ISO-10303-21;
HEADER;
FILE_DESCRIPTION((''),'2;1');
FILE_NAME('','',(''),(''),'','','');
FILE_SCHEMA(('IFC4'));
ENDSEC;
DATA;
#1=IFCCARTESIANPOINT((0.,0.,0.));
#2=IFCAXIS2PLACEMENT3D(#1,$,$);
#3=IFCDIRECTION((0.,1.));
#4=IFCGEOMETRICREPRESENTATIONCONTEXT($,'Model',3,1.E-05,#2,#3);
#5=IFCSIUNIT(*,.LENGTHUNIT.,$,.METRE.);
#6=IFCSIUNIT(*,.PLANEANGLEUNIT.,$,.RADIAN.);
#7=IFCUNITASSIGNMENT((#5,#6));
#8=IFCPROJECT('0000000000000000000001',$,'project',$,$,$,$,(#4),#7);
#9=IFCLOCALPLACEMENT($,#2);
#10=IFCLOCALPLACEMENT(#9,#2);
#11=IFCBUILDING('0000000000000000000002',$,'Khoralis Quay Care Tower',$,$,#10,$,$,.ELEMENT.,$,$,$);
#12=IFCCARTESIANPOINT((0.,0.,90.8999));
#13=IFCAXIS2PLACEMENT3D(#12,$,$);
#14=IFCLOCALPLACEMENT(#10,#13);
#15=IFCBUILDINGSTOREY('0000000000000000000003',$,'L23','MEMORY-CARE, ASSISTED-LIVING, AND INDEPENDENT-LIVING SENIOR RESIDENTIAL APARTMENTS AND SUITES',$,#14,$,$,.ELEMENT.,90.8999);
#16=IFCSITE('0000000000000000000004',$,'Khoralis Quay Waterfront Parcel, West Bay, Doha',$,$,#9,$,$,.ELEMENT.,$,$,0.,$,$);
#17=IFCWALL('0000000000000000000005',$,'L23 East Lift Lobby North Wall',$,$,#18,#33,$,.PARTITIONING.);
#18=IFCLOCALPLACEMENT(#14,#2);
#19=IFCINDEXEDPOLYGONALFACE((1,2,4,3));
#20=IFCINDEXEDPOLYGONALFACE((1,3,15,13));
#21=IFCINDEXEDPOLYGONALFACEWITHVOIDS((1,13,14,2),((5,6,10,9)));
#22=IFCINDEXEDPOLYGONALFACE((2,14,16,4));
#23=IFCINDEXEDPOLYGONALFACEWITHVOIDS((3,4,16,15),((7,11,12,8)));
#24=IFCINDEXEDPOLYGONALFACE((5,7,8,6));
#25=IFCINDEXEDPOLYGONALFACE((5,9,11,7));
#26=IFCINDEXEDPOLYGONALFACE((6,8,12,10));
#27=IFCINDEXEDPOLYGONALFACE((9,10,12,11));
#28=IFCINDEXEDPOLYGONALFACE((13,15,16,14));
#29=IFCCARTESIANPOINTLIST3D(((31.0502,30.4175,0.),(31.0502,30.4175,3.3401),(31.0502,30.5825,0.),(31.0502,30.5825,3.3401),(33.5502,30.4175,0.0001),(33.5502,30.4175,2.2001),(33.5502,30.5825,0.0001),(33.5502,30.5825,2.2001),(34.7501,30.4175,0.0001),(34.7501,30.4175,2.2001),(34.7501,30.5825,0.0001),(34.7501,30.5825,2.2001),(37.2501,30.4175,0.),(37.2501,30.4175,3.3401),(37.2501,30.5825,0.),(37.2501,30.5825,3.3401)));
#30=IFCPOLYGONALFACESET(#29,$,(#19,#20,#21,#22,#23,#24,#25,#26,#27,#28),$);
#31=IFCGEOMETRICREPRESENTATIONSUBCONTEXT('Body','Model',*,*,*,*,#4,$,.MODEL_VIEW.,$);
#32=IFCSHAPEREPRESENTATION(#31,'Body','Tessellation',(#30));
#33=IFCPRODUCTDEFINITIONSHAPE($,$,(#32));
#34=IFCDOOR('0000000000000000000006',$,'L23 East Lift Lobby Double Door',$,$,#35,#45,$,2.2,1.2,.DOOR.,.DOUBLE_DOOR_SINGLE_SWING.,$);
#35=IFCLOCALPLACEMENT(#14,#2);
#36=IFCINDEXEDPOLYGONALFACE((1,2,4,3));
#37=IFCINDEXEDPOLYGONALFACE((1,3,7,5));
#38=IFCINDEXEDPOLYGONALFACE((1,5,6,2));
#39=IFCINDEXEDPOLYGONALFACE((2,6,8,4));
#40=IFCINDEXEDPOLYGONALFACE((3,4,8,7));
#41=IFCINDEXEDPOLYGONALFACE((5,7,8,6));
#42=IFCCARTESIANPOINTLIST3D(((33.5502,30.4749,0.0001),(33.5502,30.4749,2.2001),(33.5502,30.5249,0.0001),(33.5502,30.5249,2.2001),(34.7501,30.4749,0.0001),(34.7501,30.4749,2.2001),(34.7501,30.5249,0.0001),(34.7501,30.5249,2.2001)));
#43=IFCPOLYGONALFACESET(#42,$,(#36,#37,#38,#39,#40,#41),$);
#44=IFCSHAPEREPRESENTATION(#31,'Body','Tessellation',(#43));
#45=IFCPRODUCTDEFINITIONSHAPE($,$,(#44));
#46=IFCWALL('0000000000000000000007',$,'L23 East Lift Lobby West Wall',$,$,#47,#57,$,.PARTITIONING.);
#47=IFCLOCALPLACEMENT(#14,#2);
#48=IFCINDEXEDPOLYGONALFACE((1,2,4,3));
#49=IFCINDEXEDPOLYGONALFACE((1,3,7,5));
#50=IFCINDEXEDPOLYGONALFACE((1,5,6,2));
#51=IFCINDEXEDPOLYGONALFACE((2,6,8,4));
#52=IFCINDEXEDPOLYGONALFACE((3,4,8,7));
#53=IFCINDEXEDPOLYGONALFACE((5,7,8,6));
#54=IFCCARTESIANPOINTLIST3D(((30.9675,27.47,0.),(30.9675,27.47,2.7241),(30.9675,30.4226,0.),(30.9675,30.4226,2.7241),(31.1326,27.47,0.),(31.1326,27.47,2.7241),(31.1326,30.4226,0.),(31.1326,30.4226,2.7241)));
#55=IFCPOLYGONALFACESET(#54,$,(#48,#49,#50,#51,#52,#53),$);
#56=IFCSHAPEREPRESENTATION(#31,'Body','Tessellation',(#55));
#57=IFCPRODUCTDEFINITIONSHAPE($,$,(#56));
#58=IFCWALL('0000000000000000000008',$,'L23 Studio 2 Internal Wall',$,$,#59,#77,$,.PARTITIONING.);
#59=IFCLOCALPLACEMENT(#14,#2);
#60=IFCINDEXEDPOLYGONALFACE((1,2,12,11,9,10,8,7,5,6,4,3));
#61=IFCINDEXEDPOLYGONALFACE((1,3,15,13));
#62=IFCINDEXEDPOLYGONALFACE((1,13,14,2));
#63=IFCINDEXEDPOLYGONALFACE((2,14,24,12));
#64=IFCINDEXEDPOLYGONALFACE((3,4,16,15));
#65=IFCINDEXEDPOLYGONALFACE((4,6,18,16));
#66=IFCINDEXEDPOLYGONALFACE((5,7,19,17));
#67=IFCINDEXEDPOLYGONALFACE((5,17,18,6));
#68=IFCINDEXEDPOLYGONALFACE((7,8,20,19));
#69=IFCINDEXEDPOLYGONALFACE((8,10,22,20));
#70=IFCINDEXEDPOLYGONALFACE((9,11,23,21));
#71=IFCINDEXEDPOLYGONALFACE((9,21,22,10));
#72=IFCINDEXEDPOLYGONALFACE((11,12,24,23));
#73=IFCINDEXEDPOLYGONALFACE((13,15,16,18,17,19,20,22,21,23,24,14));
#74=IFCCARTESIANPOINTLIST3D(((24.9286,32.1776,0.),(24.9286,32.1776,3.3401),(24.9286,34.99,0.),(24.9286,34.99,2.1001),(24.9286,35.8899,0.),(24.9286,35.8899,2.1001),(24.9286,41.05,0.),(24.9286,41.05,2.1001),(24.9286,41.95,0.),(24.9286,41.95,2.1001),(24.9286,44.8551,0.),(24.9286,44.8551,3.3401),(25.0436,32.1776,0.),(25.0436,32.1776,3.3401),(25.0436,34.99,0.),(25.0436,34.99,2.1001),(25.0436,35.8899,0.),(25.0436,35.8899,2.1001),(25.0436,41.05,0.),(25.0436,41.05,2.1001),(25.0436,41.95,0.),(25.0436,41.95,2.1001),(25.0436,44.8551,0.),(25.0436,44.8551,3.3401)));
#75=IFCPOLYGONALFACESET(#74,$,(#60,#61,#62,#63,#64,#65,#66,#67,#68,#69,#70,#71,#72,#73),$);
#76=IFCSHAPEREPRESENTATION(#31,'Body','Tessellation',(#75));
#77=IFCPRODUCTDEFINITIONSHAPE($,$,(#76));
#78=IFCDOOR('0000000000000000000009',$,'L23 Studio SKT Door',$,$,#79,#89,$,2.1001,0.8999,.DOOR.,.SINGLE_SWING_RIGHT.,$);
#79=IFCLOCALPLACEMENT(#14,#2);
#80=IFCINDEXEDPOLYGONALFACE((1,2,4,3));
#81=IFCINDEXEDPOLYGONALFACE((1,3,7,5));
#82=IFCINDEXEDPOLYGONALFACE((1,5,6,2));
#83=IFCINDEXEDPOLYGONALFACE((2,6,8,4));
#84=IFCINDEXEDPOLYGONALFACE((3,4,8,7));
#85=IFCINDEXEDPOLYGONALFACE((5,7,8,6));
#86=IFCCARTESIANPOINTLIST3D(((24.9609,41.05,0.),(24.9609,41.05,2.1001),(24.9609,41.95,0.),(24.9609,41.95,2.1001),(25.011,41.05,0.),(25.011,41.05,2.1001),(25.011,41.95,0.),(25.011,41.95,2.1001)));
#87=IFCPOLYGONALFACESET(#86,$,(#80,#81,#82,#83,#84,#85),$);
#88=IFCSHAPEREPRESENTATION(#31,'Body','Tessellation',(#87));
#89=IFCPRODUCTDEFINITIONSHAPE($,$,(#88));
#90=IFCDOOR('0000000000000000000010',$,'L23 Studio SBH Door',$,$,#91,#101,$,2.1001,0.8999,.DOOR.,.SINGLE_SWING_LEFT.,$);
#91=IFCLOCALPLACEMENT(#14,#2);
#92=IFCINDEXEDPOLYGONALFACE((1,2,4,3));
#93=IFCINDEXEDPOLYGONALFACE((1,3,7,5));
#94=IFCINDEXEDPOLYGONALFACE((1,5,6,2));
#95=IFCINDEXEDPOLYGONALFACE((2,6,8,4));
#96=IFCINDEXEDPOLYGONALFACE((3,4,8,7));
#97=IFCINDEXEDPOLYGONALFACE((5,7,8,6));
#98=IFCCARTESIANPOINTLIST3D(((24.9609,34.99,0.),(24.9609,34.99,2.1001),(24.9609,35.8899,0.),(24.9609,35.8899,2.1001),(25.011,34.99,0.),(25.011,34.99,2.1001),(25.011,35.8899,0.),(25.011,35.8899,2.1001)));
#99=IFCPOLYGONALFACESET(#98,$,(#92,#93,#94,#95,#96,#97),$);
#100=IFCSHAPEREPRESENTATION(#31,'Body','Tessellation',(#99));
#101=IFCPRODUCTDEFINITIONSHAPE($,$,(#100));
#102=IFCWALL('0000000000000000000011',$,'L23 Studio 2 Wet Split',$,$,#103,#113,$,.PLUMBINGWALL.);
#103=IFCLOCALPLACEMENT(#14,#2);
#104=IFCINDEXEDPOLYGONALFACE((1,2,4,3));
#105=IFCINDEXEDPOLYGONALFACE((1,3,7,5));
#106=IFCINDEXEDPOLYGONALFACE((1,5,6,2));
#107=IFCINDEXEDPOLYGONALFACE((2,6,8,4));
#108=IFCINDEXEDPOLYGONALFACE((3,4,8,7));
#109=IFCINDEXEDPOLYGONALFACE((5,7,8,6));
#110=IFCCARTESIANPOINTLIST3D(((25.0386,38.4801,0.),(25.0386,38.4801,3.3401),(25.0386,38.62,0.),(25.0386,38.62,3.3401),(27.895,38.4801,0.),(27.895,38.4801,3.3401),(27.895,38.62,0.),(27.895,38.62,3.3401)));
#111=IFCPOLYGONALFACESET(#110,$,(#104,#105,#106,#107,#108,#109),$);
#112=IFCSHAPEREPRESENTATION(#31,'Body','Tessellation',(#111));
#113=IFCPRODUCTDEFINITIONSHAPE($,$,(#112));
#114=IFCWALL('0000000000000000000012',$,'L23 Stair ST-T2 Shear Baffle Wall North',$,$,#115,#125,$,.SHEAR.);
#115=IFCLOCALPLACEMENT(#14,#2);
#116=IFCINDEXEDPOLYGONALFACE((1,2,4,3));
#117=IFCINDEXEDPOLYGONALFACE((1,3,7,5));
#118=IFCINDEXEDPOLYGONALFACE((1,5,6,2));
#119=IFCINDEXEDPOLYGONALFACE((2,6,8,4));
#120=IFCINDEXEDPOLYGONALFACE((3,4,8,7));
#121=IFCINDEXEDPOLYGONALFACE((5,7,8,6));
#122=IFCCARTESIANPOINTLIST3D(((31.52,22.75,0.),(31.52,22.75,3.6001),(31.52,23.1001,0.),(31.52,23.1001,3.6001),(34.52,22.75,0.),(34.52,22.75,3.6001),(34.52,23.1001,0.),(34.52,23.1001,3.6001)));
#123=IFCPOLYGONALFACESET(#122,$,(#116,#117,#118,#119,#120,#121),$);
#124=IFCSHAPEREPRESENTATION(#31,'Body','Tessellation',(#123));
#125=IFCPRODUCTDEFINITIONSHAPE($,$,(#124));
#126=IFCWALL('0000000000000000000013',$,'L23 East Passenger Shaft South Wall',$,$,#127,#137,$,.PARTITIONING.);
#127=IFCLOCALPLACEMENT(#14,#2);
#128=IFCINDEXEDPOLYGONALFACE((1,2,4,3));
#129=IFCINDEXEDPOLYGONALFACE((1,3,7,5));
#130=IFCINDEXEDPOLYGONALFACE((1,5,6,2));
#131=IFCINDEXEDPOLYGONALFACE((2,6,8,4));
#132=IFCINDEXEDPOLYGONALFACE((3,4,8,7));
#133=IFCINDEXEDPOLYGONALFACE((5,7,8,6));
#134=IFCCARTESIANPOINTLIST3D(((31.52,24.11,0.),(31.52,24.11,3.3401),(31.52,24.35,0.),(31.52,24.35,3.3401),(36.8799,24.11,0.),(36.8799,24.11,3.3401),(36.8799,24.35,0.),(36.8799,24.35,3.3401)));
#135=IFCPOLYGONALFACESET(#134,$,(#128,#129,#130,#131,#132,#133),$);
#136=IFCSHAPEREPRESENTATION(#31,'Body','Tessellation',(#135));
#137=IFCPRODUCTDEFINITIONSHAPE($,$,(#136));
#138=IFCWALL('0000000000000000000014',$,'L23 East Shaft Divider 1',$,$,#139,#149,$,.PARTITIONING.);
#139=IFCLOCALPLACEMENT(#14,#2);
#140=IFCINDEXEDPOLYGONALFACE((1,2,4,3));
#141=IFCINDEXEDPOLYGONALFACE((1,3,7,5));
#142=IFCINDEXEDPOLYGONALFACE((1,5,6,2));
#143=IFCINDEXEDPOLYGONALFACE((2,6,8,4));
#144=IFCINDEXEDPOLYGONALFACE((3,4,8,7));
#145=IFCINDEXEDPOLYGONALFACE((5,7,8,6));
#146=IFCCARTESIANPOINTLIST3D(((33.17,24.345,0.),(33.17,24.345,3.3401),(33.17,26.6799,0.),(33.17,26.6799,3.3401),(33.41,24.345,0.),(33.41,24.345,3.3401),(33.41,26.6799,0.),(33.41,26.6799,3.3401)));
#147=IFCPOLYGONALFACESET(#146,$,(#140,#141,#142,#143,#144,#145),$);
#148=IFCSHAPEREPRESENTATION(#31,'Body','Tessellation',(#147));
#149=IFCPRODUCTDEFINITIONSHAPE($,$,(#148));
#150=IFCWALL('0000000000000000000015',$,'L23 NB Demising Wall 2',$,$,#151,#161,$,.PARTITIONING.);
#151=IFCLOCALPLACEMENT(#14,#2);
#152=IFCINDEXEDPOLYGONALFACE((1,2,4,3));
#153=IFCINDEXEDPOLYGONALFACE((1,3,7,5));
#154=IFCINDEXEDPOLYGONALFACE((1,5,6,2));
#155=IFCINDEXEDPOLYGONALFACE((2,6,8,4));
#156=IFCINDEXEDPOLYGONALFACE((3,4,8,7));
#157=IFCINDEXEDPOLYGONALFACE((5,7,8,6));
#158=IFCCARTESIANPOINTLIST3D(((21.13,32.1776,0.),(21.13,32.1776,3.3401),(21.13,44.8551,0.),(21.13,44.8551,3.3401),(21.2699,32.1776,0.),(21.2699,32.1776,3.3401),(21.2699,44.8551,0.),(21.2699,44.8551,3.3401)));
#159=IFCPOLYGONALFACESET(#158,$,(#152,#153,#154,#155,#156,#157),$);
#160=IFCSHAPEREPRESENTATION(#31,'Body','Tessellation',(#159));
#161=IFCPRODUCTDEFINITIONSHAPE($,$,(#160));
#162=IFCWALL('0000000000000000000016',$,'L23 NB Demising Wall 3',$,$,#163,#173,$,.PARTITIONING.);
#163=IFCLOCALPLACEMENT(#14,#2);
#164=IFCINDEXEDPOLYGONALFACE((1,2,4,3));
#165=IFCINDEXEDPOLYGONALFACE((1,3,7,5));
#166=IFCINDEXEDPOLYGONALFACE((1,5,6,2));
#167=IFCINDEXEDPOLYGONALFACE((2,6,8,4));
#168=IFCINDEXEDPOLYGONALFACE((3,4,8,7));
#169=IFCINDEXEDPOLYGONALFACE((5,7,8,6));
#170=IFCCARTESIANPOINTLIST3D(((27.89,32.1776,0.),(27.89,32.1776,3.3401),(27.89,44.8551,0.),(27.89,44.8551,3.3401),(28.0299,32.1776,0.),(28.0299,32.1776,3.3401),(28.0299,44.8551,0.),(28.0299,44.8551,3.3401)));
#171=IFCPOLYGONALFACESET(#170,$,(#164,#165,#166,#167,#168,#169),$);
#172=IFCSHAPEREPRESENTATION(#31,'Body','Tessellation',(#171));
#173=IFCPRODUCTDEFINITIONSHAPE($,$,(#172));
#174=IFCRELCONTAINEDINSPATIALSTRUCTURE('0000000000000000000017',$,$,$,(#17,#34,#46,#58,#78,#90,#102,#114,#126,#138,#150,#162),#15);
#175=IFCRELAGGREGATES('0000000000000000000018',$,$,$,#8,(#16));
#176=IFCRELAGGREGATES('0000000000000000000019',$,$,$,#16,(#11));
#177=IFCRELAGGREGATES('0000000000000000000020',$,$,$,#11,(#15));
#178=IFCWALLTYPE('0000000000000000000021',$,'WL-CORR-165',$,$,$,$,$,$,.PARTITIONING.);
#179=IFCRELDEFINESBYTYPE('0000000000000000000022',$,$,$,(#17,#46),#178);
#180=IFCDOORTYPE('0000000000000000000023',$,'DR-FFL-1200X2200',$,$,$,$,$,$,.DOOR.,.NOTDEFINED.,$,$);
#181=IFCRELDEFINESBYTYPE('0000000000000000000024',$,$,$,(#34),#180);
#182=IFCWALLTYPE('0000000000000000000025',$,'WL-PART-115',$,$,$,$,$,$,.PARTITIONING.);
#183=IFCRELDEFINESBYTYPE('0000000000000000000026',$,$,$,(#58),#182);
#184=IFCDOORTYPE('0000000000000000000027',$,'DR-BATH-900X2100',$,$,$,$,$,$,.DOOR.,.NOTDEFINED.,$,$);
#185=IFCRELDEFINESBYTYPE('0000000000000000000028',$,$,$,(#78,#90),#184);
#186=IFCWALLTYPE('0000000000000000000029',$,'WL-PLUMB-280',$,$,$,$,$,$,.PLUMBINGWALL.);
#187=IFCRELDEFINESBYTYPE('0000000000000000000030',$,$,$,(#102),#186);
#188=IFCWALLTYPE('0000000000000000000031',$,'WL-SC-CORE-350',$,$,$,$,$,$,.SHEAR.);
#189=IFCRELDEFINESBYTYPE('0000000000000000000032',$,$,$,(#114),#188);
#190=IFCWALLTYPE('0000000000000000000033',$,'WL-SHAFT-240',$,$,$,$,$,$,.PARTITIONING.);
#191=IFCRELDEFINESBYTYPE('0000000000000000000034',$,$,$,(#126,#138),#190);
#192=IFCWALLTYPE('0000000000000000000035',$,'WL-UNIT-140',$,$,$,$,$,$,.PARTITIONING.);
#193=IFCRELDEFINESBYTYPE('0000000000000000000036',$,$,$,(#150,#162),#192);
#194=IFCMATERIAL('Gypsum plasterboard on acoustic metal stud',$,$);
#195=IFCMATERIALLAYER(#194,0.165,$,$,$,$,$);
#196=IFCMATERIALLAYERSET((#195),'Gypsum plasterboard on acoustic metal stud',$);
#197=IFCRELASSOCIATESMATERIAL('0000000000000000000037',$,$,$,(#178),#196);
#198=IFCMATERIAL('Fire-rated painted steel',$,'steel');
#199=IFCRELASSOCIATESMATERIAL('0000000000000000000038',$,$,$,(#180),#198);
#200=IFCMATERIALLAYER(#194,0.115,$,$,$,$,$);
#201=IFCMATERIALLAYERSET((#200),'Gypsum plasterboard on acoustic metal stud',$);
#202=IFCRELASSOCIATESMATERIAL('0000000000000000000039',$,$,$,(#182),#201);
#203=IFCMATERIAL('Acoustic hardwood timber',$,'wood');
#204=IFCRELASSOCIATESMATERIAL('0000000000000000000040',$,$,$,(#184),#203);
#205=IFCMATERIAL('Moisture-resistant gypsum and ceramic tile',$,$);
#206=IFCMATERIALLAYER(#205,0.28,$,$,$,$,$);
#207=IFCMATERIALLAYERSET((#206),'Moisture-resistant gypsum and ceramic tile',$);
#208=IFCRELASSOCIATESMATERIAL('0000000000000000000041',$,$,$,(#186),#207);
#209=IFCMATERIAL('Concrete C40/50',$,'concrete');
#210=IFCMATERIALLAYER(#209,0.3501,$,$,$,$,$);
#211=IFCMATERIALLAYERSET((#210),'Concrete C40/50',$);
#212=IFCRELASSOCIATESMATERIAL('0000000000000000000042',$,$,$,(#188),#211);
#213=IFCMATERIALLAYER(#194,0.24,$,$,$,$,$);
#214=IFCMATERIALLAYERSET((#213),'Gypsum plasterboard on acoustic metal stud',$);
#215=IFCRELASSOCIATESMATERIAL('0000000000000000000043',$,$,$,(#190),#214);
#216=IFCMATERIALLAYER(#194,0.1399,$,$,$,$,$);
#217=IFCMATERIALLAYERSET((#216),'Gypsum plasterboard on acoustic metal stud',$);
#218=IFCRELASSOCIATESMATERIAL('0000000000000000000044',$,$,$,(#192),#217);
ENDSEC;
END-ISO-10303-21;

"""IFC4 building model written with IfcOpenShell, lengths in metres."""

from ifc_helpers import new_model, si_unit, direction, frame, frame_2d, origin, place, context, subcontext, project, spatial, rectangle, extrude, source, transform, mapped, material, layer, layer_set, type_object, element, fill, save


model = new_model("IFC4")

# Units and contexts
model_context = context("Model", 3, precision=1e-05, world=origin(), true_north=direction((0.0, 1.0)))
body_context = subcontext(model_context, "Body", "Model", "MODEL_VIEW")
ifc_project = project(units=[si_unit("LENGTHUNIT", "METRE"), si_unit("PLANEANGLEUNIT", "RADIAN")], contexts=[model_context])

# Site, building, storey
site_placement = place(None, origin())
site = spatial("IfcSite", under=ifc_project, at=site_placement, Name="Khoralis Quay Waterfront Parcel, West Bay, Doha", CompositionType="ELEMENT", RefElevation=0.0)
building_placement = place(site_placement, origin())
building = spatial("IfcBuilding", under=site, at=building_placement, Name="Khoralis Quay Care Tower", CompositionType="ELEMENT")
storey_placement = place(building_placement, frame((0.0, 0.0, 90.8999)))
storey = spatial("IfcBuildingStorey", under=building, at=storey_placement, Name="L23", Description="MEMORY-CARE, ASSISTED-LIVING, AND INDEPENDENT-LIVING SENIOR RESIDENTIAL APARTMENTS AND SUITES", CompositionType="ELEMENT", Elevation=90.8999)

# Wall, opening, door
ifc_material_1 = material(Name="Gypsum plasterboard on acoustic metal stud")
ifc_layer_1 = layer(ifc_material_1, 0.165)
ifc_layer_set_1 = layer_set([ifc_layer_1], Name="Gypsum plasterboard on acoustic metal stud")
wall_type_1 = type_object("IfcWallType", Name="WL-CORR-165", PredefinedType="PARTITIONING", material=ifc_layer_set_1)
wall_1_placement = place(storey_placement, frame((31.05, 30.5, 0.0), z_axis=(0.0, 0.0, 1.0), x_axis=(1.0, 0.0, 0.0)))
wall_1 = element("IfcWall", 1, at=wall_1_placement, inside=storey, type_object=wall_type_1, Name="L23 East Lift Lobby North Wall", PredefinedType="PARTITIONING", context=body_context, shape_type="SweptSolid", body=[
    extrude(rectangle(XDim=6.2, YDim=0.165, at=frame_2d((3.1001, 0.0))), origin(), (0.0, 0.0, 1.0), 3.3401),
])
opening_1_placement = place(wall_1_placement, frame((2.5, 0.0, 0.0)))
opening_1 = element("IfcOpeningElement", 2, at=opening_1_placement, cuts=wall_1, PredefinedType="OPENING", context=body_context, shape_type="SweptSolid", body=[
    extrude(rectangle(XDim=1.2, YDim=2.2, at=frame_2d((0.6001, 1.1001))), frame((0.0, 0.0925, 0.0), z_axis=(0.0, -1.0, 0.0), x_axis=(1.0, 0.0, 0.0)), (0.0, 0.0, 1.0), 0.1851),
])
ifc_material_2 = material(Name="Fire-rated painted steel", Category="steel")
door_type_1 = type_object("IfcDoorType", Name="DR-FFL-1200X2200", OperationType="NOTDEFINED", PredefinedType="DOOR", material=ifc_material_2)
shared_shape_1 = source(origin(), body_context, "Body", "SweptSolid", [
    extrude(rectangle(XDim=1.2, YDim=2.2, at=frame_2d((0.6001, 1.1001))), frame((0.0, 0.0249, 0.0), z_axis=(0.0, -1.0, 0.0), x_axis=(1.0, 0.0, 0.0)), (0.0, 0.0, 1.0), 0.05),
])
door_1_placement = place(opening_1_placement, origin())
door_1 = element("IfcDoor", 3, at=door_1_placement, inside=storey, type_object=door_type_1, Name="L23 East Lift Lobby Double Door", OperationType="DOUBLE_DOOR_SINGLE_SWING", OverallHeight=2.2, OverallWidth=1.2, PredefinedType="DOOR", context=body_context, shape_type="MappedRepresentation", body=[
    mapped(shared_shape_1, transform((0.0, 0.0, 0.0), scale=1.0)),
])
fill(opening_1, door_1)

# Wall
wall_2_placement = place(storey_placement, frame((31.05, 27.47, 0.0), z_axis=(0.0, 0.0, 1.0), x_axis=(0.0, 1.0, 0.0)))
element("IfcWall", 4, at=wall_2_placement, inside=storey, type_object=wall_type_1, Name="L23 East Lift Lobby West Wall", PredefinedType="PARTITIONING", context=body_context, shape_type="SweptSolid", body=[
    extrude(rectangle(XDim=2.9526, YDim=0.165, at=frame_2d((1.4763, 0.0))), origin(), (0.0, 0.0, 1.0), 2.7241),
])

# Wall, openings, doors
ifc_layer_2 = layer(ifc_material_1, 0.115)
ifc_layer_set_2 = layer_set([ifc_layer_2], Name="Gypsum plasterboard on acoustic metal stud")
wall_type_2 = type_object("IfcWallType", Name="WL-PART-115", PredefinedType="PARTITIONING", material=ifc_layer_set_2)
wall_3_placement = place(storey_placement, frame((24.9861, 32.1775, 0.0), z_axis=(0.0, 0.0, 1.0), x_axis=(0.0, 1.0, 0.0)))
wall_3 = element("IfcWall", 5, at=wall_3_placement, inside=storey, type_object=wall_type_2, Name="L23 Studio 2 Internal Wall", PredefinedType="PARTITIONING", context=body_context, shape_type="SweptSolid", body=[
    extrude(rectangle(XDim=12.6775, YDim=0.115, at=frame_2d((6.3389, 0.0))), origin(), (0.0, 0.0, 1.0), 3.3401),
])
opening_2_placement = place(wall_3_placement, frame((8.8726, 0.0, 0.0)))
opening_2 = element("IfcOpeningElement", 6, at=opening_2_placement, cuts=wall_3, PredefinedType="OPENING", context=body_context, shape_type="SweptSolid", body=[
    extrude(rectangle(XDim=0.8999, YDim=2.1001, at=frame_2d((0.45, 1.05))), frame((0.0, 0.0674, 0.0), z_axis=(0.0, -1.0, 0.0), x_axis=(1.0, 0.0, 0.0)), (0.0, 0.0, 1.0), 0.135),
])
opening_3_placement = place(wall_3_placement, frame((2.8125, 0.0, 0.0)))
opening_3 = element("IfcOpeningElement", 7, at=opening_3_placement, cuts=wall_3, PredefinedType="OPENING", context=body_context, shape_type="SweptSolid", body=[
    extrude(rectangle(XDim=0.8999, YDim=2.1001, at=frame_2d((0.45, 1.05))), frame((0.0, 0.0674, 0.0), z_axis=(0.0, -1.0, 0.0), x_axis=(1.0, 0.0, 0.0)), (0.0, 0.0, 1.0), 0.135),
])
ifc_material_3 = material(Name="Acoustic hardwood timber", Category="wood")
door_type_2 = type_object("IfcDoorType", Name="DR-BATH-900X2100", OperationType="NOTDEFINED", PredefinedType="DOOR", material=ifc_material_3)
shared_shape_2 = source(origin(), body_context, "Body", "SweptSolid", [
    extrude(rectangle(XDim=0.8999, YDim=2.1001, at=frame_2d((0.45, 1.05))), frame((0.0, 0.0249, 0.0), z_axis=(0.0, -1.0, 0.0), x_axis=(1.0, 0.0, 0.0)), (0.0, 0.0, 1.0), 0.05),
])
door_2_placement = place(opening_2_placement, frame((0.8999, 0.0, 0.0), z_axis=(0.0, 0.0, 1.0), x_axis=(-1.0, 0.0, 0.0)))
door_2 = element("IfcDoor", 8, at=door_2_placement, inside=storey, type_object=door_type_2, Name="L23 Studio SKT Door", OperationType="SINGLE_SWING_RIGHT", OverallHeight=2.1001, OverallWidth=0.8999, PredefinedType="DOOR", context=body_context, shape_type="MappedRepresentation", body=[
    mapped(shared_shape_2, transform((0.0, 0.0, 0.0), scale=1.0)),
])
fill(opening_2, door_2)
door_3_placement = place(opening_3_placement, frame((0.8999, 0.0, 0.0), z_axis=(0.0, 0.0, 1.0), x_axis=(-1.0, 0.0, 0.0)))
door_3 = element("IfcDoor", 9, at=door_3_placement, inside=storey, type_object=door_type_2, Name="L23 Studio SBH Door", OperationType="SINGLE_SWING_LEFT", OverallHeight=2.1001, OverallWidth=0.8999, PredefinedType="DOOR", context=body_context, shape_type="MappedRepresentation", body=[
    mapped(shared_shape_2, transform((0.0, 0.0, 0.0), scale=1.0)),
])
fill(opening_3, door_3)

# Walls
ifc_material_4 = material(Name="Moisture-resistant gypsum and ceramic tile")
ifc_layer_3 = layer(ifc_material_4, 0.28)
ifc_layer_set_3 = layer_set([ifc_layer_3], Name="Moisture-resistant gypsum and ceramic tile")
wall_type_3 = type_object("IfcWallType", Name="WL-PLUMB-280", PredefinedType="PLUMBINGWALL", material=ifc_layer_set_3)
wall_4_placement = place(storey_placement, frame((25.0386, 38.55, 0.0), z_axis=(0.0, 0.0, 1.0), x_axis=(1.0, 0.0, 0.0)))
element("IfcWall", 10, at=wall_4_placement, inside=storey, type_object=wall_type_3, Name="L23 Studio 2 Wet Split", PredefinedType="PLUMBINGWALL", context=body_context, shape_type="SweptSolid", body=[
    extrude(rectangle(XDim=2.8564, YDim=0.1399, at=frame_2d((1.4282, 0.0))), origin(), (0.0, 0.0, 1.0), 3.3401),
])
ifc_material_5 = material(Name="Concrete C40/50", Category="concrete")
ifc_layer_4 = layer(ifc_material_5, 0.3501)
ifc_layer_set_4 = layer_set([ifc_layer_4], Name="Concrete C40/50")
wall_type_4 = type_object("IfcWallType", Name="WL-SC-CORE-350", PredefinedType="SHEAR", material=ifc_layer_set_4)
wall_5_placement = place(storey_placement, frame((31.52, 22.925, 0.0), z_axis=(0.0, 0.0, 1.0), x_axis=(1.0, 0.0, 0.0)))
element("IfcWall", 11, at=wall_5_placement, inside=storey, type_object=wall_type_4, Name="L23 Stair ST-T2 Shear Baffle Wall North", PredefinedType="SHEAR", context=body_context, shape_type="SweptSolid", body=[
    extrude(rectangle(XDim=3.0, YDim=0.3501, at=frame_2d((1.5, 0.0))), origin(), (0.0, 0.0, 1.0), 3.6001),
])
ifc_layer_5 = layer(ifc_material_1, 0.24)
ifc_layer_set_5 = layer_set([ifc_layer_5], Name="Gypsum plasterboard on acoustic metal stud")
wall_type_5 = type_object("IfcWallType", Name="WL-SHAFT-240", PredefinedType="PARTITIONING", material=ifc_layer_set_5)
wall_6_placement = place(storey_placement, frame((31.52, 24.23, 0.0), z_axis=(0.0, 0.0, 1.0), x_axis=(1.0, 0.0, 0.0)))
element("IfcWall", 12, at=wall_6_placement, inside=storey, type_object=wall_type_5, Name="L23 East Passenger Shaft South Wall", PredefinedType="PARTITIONING", context=body_context, shape_type="SweptSolid", body=[
    extrude(rectangle(XDim=5.3599, YDim=0.24, at=frame_2d((2.6799, 0.0))), origin(), (0.0, 0.0, 1.0), 3.3401),
])
wall_7_placement = place(storey_placement, frame((33.29, 24.345, 0.0), z_axis=(0.0, 0.0, 1.0), x_axis=(0.0, 1.0, 0.0)))
element("IfcWall", 13, at=wall_7_placement, inside=storey, type_object=wall_type_5, Name="L23 East Shaft Divider 1", PredefinedType="PARTITIONING", context=body_context, shape_type="SweptSolid", body=[
    extrude(rectangle(XDim=2.335, YDim=0.24, at=frame_2d((1.1675, 0.0))), origin(), (0.0, 0.0, 1.0), 3.3401),
])
ifc_layer_6 = layer(ifc_material_1, 0.1399)
ifc_layer_set_6 = layer_set([ifc_layer_6], Name="Gypsum plasterboard on acoustic metal stud")
wall_type_6 = type_object("IfcWallType", Name="WL-UNIT-140", PredefinedType="PARTITIONING", material=ifc_layer_set_6)
for number, where, z_axis, x_axis, name in (
    (14, (21.2, 32.1775, 0.0), (0.0, 0.0, 1.0), (0.0, 1.0, 0.0), "L23 NB Demising Wall 2"),
    (15, (27.96, 32.1775, 0.0), (0.0, 0.0, 1.0), (0.0, 1.0, 0.0), "L23 NB Demising Wall 3"),
):
    element("IfcWall", number, at=place(storey_placement, frame(where, z_axis=z_axis, x_axis=x_axis)), inside=storey, type_object=wall_type_6, Name=name, PredefinedType="PARTITIONING", context=body_context, shape_type="SweptSolid", body=[
        extrude(rectangle(XDim=12.6775, YDim=0.1399, at=frame_2d((6.3389, 0.0))), origin(), (0.0, 0.0, 1.0), 3.3401),
    ])

save(model, "model.ifc")
